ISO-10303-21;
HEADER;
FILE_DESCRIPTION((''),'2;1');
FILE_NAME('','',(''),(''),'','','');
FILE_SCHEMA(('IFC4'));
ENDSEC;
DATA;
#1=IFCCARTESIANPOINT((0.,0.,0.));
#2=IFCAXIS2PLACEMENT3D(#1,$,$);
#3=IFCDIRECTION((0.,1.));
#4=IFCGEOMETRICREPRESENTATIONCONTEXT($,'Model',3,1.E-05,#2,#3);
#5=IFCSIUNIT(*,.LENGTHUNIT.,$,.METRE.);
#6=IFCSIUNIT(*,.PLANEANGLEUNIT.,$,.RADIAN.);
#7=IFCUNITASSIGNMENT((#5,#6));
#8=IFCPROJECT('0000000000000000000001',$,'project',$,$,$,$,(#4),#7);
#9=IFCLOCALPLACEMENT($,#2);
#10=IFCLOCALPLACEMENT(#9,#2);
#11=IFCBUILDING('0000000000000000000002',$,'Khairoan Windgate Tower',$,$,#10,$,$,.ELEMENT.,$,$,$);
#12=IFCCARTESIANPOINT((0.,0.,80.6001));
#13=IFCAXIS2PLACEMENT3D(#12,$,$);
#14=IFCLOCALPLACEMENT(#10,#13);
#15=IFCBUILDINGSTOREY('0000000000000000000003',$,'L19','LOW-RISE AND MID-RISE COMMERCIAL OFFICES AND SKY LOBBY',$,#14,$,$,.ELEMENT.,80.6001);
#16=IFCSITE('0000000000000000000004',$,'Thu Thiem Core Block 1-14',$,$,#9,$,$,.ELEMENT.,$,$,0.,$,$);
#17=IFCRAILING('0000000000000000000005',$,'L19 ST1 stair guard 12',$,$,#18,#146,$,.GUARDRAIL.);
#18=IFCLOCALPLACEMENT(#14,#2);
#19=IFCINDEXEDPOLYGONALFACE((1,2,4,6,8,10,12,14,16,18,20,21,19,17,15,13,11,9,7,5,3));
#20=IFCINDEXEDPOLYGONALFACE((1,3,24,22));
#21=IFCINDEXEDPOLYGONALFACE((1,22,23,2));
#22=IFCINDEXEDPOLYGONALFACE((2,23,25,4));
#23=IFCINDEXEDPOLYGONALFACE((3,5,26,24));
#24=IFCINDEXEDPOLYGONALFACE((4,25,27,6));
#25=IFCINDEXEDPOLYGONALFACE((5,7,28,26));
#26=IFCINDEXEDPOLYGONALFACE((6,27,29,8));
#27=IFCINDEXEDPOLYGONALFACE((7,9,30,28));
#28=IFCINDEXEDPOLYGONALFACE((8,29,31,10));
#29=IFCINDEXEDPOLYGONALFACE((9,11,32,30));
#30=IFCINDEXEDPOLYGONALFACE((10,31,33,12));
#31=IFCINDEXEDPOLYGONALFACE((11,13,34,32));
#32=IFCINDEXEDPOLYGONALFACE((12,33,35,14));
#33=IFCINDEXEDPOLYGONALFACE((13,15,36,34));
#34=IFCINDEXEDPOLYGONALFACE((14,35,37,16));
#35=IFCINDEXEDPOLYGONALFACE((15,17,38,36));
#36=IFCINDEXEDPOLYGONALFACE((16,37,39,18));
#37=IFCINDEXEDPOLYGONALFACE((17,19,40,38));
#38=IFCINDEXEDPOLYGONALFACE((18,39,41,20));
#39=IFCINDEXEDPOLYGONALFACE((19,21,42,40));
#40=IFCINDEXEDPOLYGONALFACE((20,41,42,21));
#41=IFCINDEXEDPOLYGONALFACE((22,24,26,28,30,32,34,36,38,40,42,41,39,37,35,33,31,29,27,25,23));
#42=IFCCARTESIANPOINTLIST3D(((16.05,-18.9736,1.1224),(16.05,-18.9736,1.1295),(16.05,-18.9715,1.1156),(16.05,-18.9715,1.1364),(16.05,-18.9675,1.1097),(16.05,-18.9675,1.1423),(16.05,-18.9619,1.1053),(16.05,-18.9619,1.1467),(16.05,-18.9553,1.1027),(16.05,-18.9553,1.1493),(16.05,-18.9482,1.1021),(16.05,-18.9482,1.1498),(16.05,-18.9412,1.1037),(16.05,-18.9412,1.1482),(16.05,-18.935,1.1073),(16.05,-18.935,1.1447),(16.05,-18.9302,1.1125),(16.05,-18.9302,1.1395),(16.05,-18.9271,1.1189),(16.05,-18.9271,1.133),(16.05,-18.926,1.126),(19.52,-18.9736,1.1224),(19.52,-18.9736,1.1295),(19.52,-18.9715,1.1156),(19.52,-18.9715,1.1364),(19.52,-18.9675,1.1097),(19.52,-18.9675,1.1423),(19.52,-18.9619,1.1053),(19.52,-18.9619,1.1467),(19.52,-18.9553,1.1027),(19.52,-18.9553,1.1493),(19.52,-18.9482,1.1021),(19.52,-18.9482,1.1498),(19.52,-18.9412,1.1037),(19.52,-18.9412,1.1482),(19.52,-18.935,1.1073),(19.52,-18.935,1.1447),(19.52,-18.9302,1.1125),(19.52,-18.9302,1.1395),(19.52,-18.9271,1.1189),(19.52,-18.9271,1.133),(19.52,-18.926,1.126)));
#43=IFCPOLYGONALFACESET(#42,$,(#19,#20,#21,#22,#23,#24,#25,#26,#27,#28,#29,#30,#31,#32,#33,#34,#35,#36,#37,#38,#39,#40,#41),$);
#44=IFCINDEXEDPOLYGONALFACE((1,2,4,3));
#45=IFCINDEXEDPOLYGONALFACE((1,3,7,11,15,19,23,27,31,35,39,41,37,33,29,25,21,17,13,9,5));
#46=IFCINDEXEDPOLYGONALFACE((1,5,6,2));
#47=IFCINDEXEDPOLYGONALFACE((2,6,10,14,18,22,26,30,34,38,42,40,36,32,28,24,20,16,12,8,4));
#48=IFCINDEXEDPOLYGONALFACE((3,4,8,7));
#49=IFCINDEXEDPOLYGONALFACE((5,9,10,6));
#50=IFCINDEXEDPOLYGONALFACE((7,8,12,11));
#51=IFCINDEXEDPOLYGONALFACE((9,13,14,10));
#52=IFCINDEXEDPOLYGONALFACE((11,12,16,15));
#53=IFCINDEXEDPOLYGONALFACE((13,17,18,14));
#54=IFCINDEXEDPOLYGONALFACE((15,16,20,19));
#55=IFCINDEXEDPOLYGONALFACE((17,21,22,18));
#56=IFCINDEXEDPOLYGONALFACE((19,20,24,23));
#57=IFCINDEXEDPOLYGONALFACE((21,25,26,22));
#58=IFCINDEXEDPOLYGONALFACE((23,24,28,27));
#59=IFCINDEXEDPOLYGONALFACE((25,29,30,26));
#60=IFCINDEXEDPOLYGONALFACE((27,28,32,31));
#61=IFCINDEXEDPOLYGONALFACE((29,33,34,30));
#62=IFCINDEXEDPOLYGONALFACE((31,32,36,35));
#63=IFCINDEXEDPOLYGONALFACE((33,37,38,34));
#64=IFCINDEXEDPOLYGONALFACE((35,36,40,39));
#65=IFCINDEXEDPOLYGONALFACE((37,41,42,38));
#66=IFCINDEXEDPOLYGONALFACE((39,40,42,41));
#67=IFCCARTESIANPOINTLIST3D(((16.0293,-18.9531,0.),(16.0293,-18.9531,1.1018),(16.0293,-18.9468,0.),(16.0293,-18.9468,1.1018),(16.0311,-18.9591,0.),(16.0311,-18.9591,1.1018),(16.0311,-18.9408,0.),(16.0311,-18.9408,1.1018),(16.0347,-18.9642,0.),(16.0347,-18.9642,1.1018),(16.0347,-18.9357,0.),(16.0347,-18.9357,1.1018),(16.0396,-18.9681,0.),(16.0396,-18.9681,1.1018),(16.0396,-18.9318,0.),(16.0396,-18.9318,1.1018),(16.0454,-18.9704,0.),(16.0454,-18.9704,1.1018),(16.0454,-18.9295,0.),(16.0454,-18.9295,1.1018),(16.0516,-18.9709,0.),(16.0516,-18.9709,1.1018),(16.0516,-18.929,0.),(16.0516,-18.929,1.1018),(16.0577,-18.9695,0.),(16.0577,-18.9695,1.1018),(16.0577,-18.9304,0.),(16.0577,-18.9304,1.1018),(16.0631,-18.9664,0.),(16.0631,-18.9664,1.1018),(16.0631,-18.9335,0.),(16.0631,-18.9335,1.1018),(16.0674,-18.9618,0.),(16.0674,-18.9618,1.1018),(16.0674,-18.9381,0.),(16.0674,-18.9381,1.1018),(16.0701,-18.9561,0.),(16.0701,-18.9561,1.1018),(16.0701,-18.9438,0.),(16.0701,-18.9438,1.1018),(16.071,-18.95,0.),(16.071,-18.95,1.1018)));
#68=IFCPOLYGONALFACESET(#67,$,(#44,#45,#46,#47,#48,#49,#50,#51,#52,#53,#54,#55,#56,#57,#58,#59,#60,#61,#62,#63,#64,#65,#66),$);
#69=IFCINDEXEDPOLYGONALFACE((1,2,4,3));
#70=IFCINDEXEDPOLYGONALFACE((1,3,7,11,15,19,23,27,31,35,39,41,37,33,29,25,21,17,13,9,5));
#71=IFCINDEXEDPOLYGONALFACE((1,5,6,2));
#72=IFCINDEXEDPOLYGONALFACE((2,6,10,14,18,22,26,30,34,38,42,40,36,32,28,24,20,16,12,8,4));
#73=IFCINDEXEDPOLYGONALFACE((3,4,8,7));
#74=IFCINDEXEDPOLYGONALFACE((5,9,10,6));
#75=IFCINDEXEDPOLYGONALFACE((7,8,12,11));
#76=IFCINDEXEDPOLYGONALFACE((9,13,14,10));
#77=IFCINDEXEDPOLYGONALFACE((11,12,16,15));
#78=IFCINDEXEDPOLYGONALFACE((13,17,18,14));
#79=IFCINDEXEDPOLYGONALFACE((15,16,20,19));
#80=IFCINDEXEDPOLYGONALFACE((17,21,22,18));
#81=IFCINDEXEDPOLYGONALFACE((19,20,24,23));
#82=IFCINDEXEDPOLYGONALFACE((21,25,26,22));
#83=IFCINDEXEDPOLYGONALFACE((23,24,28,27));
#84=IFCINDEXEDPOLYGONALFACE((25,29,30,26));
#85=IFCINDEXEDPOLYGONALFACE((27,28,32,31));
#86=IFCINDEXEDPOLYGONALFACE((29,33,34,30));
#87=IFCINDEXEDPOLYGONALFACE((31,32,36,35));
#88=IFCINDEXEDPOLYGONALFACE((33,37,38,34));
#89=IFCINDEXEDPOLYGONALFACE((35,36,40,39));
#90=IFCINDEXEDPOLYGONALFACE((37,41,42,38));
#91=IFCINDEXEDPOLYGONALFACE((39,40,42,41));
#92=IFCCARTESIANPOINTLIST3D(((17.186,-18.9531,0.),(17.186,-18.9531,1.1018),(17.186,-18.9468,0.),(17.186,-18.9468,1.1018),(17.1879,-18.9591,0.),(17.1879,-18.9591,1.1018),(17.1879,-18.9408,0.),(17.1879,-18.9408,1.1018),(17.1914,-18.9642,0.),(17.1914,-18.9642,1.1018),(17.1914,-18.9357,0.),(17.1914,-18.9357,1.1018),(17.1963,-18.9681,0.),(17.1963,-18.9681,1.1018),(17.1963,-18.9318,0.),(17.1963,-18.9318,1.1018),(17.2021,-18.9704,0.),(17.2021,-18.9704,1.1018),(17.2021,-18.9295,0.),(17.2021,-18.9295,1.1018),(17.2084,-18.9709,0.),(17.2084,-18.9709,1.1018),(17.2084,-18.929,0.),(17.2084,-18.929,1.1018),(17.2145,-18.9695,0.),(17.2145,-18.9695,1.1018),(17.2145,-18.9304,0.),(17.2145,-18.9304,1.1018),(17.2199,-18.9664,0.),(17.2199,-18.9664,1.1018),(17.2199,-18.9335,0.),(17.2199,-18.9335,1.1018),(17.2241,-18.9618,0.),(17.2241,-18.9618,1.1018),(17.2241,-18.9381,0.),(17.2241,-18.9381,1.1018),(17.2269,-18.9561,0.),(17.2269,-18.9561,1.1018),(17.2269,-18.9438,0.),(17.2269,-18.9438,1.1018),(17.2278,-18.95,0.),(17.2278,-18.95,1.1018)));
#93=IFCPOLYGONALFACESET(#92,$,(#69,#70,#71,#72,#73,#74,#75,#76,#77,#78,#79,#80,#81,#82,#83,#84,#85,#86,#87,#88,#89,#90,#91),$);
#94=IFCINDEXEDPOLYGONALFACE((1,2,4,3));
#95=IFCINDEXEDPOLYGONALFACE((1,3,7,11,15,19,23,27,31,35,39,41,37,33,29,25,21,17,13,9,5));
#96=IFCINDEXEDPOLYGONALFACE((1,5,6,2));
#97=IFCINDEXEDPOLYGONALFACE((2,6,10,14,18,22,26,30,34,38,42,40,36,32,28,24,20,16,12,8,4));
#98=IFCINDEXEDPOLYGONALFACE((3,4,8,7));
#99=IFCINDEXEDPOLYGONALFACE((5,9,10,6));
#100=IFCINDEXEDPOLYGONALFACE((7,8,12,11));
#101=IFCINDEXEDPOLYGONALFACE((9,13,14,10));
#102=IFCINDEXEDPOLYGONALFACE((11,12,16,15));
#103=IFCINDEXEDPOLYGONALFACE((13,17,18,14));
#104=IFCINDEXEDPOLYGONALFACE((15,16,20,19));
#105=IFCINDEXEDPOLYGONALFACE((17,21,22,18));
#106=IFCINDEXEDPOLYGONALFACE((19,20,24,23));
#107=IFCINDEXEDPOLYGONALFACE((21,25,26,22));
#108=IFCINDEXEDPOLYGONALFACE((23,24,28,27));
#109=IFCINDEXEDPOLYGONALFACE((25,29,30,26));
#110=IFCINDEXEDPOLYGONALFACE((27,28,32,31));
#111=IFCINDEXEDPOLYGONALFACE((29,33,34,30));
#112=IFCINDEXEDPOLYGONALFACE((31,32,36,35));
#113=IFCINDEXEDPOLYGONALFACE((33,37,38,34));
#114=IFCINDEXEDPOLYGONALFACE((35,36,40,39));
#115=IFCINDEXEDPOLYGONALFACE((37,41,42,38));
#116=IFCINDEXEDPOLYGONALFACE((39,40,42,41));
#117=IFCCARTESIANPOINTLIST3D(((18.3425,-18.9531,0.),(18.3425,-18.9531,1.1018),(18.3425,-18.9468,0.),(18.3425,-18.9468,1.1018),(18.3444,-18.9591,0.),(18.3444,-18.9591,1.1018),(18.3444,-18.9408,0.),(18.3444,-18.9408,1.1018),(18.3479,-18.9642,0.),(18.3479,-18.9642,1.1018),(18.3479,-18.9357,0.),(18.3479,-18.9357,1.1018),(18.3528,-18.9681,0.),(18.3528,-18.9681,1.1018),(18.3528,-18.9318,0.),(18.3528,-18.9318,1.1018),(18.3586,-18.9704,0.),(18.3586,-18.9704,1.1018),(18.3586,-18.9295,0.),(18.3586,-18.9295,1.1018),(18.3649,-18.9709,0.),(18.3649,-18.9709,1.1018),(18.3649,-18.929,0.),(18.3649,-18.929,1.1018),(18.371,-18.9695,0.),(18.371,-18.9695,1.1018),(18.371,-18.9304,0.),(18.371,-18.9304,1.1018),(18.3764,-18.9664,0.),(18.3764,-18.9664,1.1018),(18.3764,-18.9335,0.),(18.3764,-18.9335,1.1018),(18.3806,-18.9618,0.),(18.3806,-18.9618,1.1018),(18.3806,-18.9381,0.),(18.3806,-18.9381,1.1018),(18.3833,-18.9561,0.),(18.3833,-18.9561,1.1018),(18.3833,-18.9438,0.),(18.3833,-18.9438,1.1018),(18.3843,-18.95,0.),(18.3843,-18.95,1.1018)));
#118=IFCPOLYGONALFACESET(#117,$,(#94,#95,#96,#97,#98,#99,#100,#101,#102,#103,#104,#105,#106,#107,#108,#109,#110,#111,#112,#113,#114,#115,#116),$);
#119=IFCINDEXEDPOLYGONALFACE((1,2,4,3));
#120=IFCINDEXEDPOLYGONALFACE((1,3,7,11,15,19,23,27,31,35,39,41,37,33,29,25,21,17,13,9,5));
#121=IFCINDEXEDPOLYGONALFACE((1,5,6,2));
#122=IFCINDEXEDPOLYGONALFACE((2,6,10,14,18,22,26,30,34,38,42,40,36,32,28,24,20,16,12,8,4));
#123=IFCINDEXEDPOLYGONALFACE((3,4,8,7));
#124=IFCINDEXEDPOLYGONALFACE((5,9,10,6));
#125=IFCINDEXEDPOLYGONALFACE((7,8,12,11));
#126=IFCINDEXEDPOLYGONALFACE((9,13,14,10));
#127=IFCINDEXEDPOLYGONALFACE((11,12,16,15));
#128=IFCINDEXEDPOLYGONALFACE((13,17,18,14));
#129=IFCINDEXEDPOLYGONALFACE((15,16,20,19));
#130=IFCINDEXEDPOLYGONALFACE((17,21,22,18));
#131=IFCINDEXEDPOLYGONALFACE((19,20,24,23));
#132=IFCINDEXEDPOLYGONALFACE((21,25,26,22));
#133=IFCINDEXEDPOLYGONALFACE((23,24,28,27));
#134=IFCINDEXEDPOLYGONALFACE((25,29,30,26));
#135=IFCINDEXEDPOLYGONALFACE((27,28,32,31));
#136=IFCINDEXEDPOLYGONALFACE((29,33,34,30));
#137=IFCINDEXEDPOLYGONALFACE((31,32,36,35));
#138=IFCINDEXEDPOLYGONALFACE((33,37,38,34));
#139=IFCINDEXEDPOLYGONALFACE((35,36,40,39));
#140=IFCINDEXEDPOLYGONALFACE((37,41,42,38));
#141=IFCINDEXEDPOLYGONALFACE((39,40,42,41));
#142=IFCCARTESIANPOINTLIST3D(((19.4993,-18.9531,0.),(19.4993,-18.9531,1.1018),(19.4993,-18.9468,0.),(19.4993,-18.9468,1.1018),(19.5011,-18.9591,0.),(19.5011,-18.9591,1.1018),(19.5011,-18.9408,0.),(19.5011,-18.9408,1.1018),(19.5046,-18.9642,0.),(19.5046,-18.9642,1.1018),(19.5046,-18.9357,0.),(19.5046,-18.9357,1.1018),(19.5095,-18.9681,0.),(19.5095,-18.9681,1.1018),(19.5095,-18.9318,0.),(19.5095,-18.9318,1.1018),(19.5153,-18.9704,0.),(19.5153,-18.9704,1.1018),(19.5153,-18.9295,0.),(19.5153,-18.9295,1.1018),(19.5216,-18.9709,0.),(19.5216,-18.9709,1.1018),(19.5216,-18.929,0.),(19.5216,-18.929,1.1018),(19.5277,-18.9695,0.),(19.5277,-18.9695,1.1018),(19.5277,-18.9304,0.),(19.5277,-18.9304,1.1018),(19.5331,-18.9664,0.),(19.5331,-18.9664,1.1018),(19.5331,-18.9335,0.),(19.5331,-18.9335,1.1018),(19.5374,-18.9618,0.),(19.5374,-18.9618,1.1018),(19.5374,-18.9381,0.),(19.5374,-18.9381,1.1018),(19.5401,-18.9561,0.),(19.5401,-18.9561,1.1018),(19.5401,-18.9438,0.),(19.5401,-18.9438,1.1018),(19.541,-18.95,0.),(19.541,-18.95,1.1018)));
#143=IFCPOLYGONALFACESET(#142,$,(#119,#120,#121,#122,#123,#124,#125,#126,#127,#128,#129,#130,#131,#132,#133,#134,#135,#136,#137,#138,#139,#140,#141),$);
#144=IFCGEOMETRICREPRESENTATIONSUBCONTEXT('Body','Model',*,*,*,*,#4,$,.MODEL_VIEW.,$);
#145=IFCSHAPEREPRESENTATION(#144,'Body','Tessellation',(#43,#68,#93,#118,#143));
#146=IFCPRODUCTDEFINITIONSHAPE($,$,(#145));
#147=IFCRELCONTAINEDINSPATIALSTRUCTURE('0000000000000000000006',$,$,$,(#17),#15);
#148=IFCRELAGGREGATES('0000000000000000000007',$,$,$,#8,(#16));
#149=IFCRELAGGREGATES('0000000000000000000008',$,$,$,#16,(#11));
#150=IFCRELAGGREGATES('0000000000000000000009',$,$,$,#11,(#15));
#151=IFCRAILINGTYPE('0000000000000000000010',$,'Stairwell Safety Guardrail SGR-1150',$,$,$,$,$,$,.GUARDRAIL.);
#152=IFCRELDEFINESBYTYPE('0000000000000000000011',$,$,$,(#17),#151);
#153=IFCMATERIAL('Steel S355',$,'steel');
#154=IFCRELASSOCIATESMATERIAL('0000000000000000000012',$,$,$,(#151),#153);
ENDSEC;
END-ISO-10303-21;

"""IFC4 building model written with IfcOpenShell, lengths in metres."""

from ifc_helpers import new_model, si_unit, direction, frame, origin, origin_2d, place, context, subcontext, project, spatial, circle, extrude, material, type_object, element, save


model = new_model("IFC4")

# Units and contexts
model_context = context("Model", 3, precision=1e-05, world=origin(), true_north=direction((0.0, 1.0)))
body_context = subcontext(model_context, "Body", "Model", "MODEL_VIEW")
ifc_project = project(units=[si_unit("LENGTHUNIT", "METRE"), si_unit("PLANEANGLEUNIT", "RADIAN")], contexts=[model_context])

# Site, building, storey
site_placement = place(None, origin())
building_placement = place(site_placement, origin())
storey_placement = place(building_placement, frame((0.0, 0.0, 80.6001)))
site = spatial("IfcSite", under=ifc_project, at=site_placement, Name="Thu Thiem Core Block 1-14", CompositionType="ELEMENT", RefElevation=0.0)
building = spatial("IfcBuilding", under=site, at=building_placement, Name="Khairoan Windgate Tower", CompositionType="ELEMENT")
storey = spatial("IfcBuildingStorey", under=building, at=storey_placement, Name="L19", Description="LOW-RISE AND MID-RISE COMMERCIAL OFFICES AND SKY LOBBY", CompositionType="ELEMENT", Elevation=80.6001)

# Railing
ifc_material_1 = material(Name="Steel S355", Category="steel")
railing_type = type_object("IfcRailingType", Name="Stairwell Safety Guardrail SGR-1150", PredefinedType="GUARDRAIL", material=ifc_material_1)
railing_placement = place(storey_placement, frame((16.05, -18.95, 0.0)))
element("IfcRailing", 1, at=railing_placement, inside=storey, type_object=railing_type, Name="L19 ST1 stair guard 12", PredefinedType="GUARDRAIL", context=body_context, shape_type="SweptSolid", body=[
    extrude(circle(Radius=0.0239, at=origin_2d()), frame((0.0, 0.0, 1.126), z_axis=(1.0, 0.0, 0.0), x_axis=(0.0, 1.0, 0.0)), (0.0, 0.0, 1.0), 3.47),
    extrude(circle(Radius=0.021, at=origin_2d()), origin(), (0.0, 0.0, 1.0), 1.1018),
    extrude(circle(Radius=0.021, at=origin_2d()), frame((1.1567, 0.0, 0.0)), (0.0, 0.0, 1.0), 1.1018),
    extrude(circle(Radius=0.021, at=origin_2d()), frame((2.3132, 0.0, 0.0)), (0.0, 0.0, 1.0), 1.1018),
    extrude(circle(Radius=0.021, at=origin_2d()), frame((3.47, 0.0, 0.0)), (0.0, 0.0, 1.0), 1.1018),
])

save(model, "model.ifc")
